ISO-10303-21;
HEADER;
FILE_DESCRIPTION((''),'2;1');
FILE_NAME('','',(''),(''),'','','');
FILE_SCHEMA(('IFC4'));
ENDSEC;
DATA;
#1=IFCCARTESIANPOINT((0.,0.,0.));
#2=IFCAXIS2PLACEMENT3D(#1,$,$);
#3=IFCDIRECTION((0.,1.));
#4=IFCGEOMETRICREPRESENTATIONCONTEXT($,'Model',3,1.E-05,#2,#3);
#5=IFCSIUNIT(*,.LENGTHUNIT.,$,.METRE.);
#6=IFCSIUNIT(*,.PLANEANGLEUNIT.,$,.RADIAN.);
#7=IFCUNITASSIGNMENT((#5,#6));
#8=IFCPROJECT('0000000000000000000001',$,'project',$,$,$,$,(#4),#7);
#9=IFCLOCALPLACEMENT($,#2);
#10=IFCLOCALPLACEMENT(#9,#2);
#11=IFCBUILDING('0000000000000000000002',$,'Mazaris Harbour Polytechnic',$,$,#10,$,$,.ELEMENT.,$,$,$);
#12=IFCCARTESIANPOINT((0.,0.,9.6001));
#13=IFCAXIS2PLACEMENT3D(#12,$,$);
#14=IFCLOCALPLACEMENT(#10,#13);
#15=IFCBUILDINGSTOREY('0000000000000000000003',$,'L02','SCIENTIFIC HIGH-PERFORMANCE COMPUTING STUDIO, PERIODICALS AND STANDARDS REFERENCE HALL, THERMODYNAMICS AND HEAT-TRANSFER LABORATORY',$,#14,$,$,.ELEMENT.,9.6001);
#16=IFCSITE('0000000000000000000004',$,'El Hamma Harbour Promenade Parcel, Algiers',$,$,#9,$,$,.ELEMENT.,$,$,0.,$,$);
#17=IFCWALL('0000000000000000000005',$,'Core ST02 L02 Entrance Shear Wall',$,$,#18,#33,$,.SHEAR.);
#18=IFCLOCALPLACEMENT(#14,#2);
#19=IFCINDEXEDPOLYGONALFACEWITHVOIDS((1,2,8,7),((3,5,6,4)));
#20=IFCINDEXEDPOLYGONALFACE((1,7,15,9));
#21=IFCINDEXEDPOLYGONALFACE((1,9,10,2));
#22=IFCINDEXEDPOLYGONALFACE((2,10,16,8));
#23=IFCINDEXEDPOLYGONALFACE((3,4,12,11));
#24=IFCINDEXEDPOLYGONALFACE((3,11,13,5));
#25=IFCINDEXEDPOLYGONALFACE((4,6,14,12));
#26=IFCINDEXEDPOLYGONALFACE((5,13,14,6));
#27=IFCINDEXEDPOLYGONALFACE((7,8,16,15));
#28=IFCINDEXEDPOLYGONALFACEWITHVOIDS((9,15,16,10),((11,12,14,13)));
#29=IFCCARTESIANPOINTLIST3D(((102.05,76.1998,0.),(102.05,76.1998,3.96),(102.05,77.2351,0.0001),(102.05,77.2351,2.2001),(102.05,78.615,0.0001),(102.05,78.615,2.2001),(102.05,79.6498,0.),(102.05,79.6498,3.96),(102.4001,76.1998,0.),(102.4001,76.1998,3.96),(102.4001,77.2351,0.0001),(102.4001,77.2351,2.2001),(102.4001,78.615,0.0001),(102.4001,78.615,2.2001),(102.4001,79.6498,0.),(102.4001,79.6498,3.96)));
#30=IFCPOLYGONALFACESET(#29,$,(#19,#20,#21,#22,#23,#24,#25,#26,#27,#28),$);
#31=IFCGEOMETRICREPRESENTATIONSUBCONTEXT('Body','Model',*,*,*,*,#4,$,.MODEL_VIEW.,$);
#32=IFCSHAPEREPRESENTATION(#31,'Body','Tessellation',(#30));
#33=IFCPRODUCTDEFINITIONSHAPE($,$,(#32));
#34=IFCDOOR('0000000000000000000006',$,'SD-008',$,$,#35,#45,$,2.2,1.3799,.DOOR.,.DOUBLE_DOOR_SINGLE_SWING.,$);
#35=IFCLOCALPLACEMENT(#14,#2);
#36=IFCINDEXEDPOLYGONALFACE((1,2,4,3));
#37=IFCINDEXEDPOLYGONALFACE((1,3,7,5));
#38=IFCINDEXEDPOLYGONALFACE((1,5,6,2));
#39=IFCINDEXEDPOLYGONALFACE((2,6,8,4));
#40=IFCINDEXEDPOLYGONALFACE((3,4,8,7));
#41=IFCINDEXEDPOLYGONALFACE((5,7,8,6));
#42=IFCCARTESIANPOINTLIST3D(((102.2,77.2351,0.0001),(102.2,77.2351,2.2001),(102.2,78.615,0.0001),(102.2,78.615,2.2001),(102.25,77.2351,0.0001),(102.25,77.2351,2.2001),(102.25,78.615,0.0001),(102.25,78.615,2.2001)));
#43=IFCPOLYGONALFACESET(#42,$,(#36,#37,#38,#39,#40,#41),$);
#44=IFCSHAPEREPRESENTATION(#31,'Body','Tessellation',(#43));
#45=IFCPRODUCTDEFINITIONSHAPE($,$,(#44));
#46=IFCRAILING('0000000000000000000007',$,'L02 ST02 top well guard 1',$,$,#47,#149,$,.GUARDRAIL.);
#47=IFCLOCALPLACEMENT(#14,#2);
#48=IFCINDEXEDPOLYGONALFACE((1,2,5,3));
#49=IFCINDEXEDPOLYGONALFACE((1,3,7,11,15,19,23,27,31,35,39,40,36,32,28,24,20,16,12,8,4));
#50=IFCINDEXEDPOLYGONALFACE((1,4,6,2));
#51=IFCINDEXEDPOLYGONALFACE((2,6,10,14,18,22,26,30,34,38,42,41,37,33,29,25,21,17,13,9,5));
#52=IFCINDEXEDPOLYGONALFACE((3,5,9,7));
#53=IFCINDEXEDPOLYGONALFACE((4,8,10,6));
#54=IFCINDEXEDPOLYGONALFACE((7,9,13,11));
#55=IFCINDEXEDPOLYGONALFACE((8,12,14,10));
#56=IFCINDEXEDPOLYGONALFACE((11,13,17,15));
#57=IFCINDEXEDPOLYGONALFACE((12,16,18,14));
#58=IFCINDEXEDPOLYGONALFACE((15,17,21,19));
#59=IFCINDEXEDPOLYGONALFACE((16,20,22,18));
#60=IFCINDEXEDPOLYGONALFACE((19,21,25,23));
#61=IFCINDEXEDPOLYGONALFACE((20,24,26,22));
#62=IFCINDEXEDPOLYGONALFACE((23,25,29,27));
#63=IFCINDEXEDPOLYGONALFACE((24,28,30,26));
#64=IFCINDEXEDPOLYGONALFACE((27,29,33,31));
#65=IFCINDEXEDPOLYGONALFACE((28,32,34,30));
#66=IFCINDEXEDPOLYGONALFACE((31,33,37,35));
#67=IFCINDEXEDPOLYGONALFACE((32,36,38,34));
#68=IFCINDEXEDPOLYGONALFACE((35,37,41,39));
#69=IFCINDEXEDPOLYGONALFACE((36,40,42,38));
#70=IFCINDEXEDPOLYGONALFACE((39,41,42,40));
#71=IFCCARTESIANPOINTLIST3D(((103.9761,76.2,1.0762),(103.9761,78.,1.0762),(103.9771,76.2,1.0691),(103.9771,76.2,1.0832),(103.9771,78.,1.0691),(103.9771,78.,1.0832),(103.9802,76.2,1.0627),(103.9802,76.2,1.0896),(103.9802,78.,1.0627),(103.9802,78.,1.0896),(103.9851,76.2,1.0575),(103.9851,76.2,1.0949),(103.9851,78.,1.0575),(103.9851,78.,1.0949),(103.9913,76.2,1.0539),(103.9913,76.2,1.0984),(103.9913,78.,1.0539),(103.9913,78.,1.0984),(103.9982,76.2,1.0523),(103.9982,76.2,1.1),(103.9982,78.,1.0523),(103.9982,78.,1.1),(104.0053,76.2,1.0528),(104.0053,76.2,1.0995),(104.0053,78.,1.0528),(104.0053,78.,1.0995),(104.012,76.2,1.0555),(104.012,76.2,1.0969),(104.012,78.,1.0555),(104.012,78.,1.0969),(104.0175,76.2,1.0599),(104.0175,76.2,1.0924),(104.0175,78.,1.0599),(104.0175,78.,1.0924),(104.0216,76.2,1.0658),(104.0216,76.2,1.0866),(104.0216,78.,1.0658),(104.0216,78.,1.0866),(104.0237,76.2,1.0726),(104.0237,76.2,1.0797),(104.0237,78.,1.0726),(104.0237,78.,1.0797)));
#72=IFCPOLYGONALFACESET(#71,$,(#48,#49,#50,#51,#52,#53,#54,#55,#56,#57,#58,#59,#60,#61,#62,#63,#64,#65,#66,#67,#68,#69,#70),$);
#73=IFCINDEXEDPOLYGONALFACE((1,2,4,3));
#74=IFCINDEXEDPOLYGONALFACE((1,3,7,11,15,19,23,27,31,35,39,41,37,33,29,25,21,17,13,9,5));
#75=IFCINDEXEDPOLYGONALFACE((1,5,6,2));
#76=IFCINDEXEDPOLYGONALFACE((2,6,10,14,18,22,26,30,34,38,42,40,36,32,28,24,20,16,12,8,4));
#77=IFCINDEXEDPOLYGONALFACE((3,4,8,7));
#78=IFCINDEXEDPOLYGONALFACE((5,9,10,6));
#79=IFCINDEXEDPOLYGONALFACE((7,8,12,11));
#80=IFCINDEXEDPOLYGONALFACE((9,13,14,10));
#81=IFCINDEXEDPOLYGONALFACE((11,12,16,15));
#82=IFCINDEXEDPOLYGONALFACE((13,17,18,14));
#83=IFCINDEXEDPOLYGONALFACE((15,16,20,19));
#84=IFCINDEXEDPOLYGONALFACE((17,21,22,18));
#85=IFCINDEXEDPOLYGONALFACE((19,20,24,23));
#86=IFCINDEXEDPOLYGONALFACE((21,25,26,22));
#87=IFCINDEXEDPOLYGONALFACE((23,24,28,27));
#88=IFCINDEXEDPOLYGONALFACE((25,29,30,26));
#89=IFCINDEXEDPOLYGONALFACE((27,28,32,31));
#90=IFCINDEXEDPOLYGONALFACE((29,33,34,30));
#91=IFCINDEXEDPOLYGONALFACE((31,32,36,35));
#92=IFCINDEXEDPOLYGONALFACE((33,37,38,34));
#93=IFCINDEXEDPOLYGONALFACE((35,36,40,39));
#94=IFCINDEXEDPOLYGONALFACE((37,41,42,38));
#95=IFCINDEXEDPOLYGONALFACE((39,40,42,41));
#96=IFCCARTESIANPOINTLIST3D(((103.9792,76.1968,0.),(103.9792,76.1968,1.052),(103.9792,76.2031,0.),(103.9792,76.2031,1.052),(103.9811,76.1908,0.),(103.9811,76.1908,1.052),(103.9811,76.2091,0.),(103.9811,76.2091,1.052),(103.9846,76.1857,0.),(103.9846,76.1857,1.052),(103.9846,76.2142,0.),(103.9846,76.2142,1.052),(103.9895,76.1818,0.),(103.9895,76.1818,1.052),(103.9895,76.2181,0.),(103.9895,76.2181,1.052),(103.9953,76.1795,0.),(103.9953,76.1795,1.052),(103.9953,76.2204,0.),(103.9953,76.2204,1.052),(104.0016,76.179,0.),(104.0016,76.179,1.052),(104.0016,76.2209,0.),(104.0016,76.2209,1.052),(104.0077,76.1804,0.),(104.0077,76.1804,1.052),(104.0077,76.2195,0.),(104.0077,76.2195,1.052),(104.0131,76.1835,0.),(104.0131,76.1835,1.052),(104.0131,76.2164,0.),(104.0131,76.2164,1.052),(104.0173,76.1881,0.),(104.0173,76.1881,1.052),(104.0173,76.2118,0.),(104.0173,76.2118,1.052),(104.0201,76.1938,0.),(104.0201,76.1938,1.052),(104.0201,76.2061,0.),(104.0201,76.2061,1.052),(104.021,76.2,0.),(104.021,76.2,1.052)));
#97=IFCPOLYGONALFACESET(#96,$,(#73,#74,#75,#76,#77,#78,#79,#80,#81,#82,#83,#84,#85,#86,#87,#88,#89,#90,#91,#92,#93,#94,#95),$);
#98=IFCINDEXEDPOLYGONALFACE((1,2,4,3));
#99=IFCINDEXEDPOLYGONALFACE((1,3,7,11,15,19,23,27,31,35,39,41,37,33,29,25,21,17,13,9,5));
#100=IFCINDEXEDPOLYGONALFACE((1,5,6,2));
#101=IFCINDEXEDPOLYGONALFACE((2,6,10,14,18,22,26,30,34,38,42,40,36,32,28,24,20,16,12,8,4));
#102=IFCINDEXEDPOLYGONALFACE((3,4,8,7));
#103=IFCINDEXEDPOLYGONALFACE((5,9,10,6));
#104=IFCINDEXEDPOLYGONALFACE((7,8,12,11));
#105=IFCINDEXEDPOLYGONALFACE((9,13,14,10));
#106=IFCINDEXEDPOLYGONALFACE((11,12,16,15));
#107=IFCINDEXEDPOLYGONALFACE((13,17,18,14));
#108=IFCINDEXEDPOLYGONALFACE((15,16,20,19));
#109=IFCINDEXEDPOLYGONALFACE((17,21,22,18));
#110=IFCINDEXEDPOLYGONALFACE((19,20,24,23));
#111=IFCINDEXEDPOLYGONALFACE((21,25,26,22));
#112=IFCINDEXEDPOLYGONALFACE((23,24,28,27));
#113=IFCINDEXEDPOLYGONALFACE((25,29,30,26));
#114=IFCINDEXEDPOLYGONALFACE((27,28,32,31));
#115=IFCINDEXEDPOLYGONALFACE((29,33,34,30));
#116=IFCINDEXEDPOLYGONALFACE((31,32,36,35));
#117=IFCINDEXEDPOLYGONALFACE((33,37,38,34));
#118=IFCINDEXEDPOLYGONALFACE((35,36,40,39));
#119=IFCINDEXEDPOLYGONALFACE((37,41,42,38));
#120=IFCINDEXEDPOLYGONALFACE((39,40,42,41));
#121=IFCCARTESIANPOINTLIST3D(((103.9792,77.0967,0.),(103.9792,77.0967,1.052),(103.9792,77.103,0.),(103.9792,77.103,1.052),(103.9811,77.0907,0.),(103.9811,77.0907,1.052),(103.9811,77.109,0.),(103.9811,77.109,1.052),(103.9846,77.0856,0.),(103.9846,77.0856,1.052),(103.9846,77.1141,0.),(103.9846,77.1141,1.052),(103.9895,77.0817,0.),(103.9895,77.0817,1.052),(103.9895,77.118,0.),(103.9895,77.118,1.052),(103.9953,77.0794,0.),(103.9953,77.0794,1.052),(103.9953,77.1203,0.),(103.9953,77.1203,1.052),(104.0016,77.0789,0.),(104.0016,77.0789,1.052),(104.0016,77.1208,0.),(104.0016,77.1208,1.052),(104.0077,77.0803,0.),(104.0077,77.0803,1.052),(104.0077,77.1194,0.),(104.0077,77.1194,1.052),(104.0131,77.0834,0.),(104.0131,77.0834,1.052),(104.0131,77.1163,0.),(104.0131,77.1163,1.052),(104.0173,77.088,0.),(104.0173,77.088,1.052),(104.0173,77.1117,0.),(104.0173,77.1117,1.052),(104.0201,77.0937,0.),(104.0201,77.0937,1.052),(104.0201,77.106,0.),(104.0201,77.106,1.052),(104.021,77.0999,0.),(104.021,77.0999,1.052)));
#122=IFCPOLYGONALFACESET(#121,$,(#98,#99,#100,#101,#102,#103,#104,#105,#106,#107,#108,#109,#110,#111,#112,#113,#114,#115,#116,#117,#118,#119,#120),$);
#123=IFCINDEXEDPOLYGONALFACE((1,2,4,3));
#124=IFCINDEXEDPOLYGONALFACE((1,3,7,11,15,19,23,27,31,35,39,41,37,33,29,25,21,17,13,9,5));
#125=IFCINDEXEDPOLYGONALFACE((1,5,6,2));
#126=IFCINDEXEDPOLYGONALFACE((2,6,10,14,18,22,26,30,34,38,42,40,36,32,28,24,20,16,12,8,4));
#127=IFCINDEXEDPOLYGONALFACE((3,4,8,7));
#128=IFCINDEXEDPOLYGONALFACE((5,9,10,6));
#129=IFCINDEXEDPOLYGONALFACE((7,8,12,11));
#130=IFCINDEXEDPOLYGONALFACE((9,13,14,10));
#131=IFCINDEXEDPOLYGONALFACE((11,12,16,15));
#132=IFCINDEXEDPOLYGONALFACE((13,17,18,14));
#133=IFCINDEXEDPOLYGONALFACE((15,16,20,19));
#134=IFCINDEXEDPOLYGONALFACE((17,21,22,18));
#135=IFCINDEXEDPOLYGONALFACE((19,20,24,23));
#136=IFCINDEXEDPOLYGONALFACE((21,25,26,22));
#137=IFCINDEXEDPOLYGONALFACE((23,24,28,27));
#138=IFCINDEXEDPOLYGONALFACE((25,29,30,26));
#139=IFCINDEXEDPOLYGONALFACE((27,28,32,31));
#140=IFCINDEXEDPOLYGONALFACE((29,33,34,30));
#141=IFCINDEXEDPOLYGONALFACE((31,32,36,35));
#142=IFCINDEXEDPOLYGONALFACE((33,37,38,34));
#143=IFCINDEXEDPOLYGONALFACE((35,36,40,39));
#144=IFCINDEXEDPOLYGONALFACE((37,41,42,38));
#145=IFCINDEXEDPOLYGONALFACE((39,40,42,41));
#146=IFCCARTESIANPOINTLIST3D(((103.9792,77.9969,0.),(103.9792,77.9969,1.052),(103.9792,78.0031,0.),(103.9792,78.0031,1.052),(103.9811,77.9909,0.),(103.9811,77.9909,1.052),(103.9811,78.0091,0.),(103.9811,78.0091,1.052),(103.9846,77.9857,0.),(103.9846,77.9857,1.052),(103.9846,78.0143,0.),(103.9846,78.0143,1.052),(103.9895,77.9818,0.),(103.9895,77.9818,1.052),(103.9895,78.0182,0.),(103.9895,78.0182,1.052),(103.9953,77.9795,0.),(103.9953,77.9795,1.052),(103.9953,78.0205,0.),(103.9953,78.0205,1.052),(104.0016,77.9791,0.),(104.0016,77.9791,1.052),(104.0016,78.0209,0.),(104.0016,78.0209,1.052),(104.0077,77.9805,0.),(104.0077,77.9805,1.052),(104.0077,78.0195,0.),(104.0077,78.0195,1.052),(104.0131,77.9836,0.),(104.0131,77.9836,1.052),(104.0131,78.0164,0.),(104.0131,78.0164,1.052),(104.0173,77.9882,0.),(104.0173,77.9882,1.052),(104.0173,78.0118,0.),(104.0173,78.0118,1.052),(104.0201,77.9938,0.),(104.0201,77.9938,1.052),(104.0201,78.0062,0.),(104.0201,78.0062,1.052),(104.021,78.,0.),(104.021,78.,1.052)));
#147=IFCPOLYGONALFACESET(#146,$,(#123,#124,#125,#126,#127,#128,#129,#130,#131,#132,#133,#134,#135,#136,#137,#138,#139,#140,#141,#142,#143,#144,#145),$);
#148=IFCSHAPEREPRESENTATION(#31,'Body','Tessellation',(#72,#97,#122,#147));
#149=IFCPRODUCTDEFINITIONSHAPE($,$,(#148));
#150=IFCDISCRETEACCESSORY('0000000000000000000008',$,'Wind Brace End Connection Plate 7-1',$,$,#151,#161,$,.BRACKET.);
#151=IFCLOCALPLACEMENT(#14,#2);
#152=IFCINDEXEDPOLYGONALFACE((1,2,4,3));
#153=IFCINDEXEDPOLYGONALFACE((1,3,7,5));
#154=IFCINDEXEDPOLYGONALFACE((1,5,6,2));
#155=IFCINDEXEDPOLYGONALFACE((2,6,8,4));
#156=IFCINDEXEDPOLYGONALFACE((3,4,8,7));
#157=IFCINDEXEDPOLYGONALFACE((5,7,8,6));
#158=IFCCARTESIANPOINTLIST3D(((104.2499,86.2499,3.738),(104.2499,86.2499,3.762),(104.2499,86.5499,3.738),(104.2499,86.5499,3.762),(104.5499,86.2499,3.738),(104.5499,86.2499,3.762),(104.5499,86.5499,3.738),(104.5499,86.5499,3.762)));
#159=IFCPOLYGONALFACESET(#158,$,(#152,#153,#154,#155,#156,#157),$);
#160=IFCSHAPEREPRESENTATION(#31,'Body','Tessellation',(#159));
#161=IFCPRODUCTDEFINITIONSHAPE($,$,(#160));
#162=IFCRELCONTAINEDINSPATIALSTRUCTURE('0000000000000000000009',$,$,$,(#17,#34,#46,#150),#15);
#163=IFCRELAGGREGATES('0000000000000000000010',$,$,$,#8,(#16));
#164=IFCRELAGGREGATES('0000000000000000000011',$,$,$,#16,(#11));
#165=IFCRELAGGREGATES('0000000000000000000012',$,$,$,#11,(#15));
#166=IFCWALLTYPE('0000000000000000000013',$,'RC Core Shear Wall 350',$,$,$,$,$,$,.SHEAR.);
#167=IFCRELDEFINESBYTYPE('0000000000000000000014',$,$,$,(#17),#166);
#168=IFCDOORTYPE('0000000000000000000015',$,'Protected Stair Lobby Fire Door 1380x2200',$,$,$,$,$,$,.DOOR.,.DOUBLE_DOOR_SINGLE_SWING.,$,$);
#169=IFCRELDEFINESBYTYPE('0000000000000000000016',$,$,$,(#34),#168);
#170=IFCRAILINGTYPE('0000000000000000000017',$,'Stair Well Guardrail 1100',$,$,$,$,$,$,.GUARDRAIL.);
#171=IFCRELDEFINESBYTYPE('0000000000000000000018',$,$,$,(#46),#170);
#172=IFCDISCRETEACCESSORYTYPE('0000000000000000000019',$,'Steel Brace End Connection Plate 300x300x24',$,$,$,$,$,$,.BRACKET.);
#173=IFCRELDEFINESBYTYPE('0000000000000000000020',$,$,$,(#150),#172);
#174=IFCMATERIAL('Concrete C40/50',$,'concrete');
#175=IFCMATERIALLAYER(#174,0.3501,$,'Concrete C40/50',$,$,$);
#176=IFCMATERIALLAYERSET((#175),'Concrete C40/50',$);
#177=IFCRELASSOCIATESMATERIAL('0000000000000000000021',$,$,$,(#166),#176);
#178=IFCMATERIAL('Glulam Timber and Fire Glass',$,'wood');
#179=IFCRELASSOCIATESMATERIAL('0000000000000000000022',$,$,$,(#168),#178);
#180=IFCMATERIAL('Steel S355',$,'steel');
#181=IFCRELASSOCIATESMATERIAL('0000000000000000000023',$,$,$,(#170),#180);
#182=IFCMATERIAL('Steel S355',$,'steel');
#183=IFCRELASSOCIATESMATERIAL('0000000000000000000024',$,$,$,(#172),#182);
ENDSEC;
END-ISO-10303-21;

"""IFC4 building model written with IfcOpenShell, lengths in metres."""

from ifc_helpers import new_model, si_unit, direction, frame, frame_2d, origin, origin_2d, place, context, subcontext, project, spatial, rectangle, circle, extrude, material, layer, layer_set, type_object, element, fill, save


model = new_model("IFC4")

# Units and contexts
model_context = context("Model", 3, precision=1e-05, world=origin(), true_north=direction((0.0, 1.0)))
body_context = subcontext(model_context, "Body", "Model", "MODEL_VIEW")
ifc_project = project(units=[si_unit("LENGTHUNIT", "METRE"), si_unit("PLANEANGLEUNIT", "RADIAN")], contexts=[model_context])

# Site, building, storey
site_placement = place(None, origin())
site = spatial("IfcSite", under=ifc_project, at=site_placement, Name="El Hamma Harbour Promenade Parcel, Algiers", CompositionType="ELEMENT", RefElevation=0.0)
building_placement = place(site_placement, origin())
building = spatial("IfcBuilding", under=site, at=building_placement, Name="Mazaris Harbour Polytechnic", CompositionType="ELEMENT")
storey_placement = place(building_placement, frame((0.0, 0.0, 9.6001)))
storey = spatial("IfcBuildingStorey", under=building, at=storey_placement, Name="L02", Description="SCIENTIFIC HIGH-PERFORMANCE COMPUTING STUDIO, PERIODICALS AND STANDARDS REFERENCE HALL, THERMODYNAMICS AND HEAT-TRANSFER LABORATORY", CompositionType="ELEMENT", Elevation=9.6001)

# Wall, opening, door
ifc_material_1 = material(Name="Concrete C40/50", Category="concrete")
ifc_layer_1 = layer(ifc_material_1, 0.3501, Name="Concrete C40/50")
ifc_layer_set_1 = layer_set([ifc_layer_1], Name="Concrete C40/50")
wall_type = type_object("IfcWallType", Name="RC Core Shear Wall 350", PredefinedType="SHEAR", material=ifc_layer_set_1)
wall_placement = place(storey_placement, frame((102.2251, 79.6499, 0.0), z_axis=(0.0, 0.0, 1.0), x_axis=(0.0, -1.0, 0.0)))
wall = element("IfcWall", 1, at=wall_placement, inside=storey, type_object=wall_type, Name="Core ST02 L02 Entrance Shear Wall", PredefinedType="SHEAR", context=body_context, shape_type="SweptSolid", body=[
    extrude(rectangle(XDim=3.45, YDim=0.3501, at=frame_2d((1.7251, 0.0))), origin(), (0.0, 0.0, 1.0), 3.96),
])
opening_placement = place(wall_placement, frame((1.0349, 0.0, 0.0)))
opening = element("IfcOpeningElement", 2, at=opening_placement, cuts=wall, PredefinedType="OPENING", context=body_context, shape_type="SweptSolid", body=[
    extrude(rectangle(XDim=1.3799, YDim=2.2, at=frame_2d((0.6899, 1.1001))), frame((0.0, 0.1851, 0.0), z_axis=(0.0, -1.0, 0.0), x_axis=(1.0, 0.0, 0.0)), (0.0, 0.0, 1.0), 0.3701),
])
ifc_material_2 = material(Name="Glulam Timber and Fire Glass", Category="wood")
door_type = type_object("IfcDoorType", Name="Protected Stair Lobby Fire Door 1380x2200", OperationType="DOUBLE_DOOR_SINGLE_SWING", PredefinedType="DOOR", material=ifc_material_2)
door_placement = place(opening_placement, origin())
door = element("IfcDoor", 3, at=door_placement, inside=storey, type_object=door_type, Name="SD-008", OperationType="DOUBLE_DOOR_SINGLE_SWING", OverallHeight=2.2, OverallWidth=1.3799, PredefinedType="DOOR", context=body_context, shape_type="SweptSolid", body=[
    extrude(rectangle(XDim=1.3799, YDim=2.2, at=frame_2d((0.6899, 1.1001))), frame((0.0, 0.0249, 0.0), z_axis=(0.0, -1.0, 0.0), x_axis=(1.0, 0.0, 0.0)), (0.0, 0.0, 1.0), 0.05),
])
fill(opening, door)

# Railing
ifc_material_3 = material(Name="Steel S355", Category="steel")
railing_type = type_object("IfcRailingType", Name="Stair Well Guardrail 1100", PredefinedType="GUARDRAIL", material=ifc_material_3)
railing_placement = place(storey_placement, frame((104.0, 76.2, 0.0)))
element("IfcRailing", 4, at=railing_placement, inside=storey, type_object=railing_type, Name="L02 ST02 top well guard 1", PredefinedType="GUARDRAIL", context=body_context, shape_type="SweptSolid", body=[
    extrude(circle(Radius=0.0239, at=origin_2d()), frame((0.0, 0.0, 1.0762), z_axis=(0.0, 1.0, 0.0), x_axis=(-1.0, 0.0, 0.0)), (0.0, 0.0, 1.0), 1.8),
    extrude(circle(Radius=0.021, at=origin_2d()), origin(), (0.0, 0.0, 1.0), 1.052),
    extrude(circle(Radius=0.021, at=origin_2d()), frame((0.0, 0.8999, 0.0)), (0.0, 0.0, 1.0), 1.052),
    extrude(circle(Radius=0.021, at=origin_2d()), frame((0.0, 1.8, 0.0)), (0.0, 0.0, 1.0), 1.052),
])

# Discrete accessory
ifc_material_4 = material(Name="Steel S355", Category="steel")
discrete_accessory_type = type_object("IfcDiscreteAccessoryType", Name="Steel Brace End Connection Plate 300x300x24", PredefinedType="BRACKET", material=ifc_material_4)
discrete_accessory_placement = place(storey_placement, frame((104.3999, 86.3999, 3.738), z_axis=(0.0, 0.0, 1.0), x_axis=(1.0, 0.0, 0.0)))
element("IfcDiscreteAccessory", 5, at=discrete_accessory_placement, inside=storey, type_object=discrete_accessory_type, Name="Wind Brace End Connection Plate 7-1", PredefinedType="BRACKET", context=body_context, shape_type="SweptSolid", body=[
    extrude(rectangle(XDim=0.3, YDim=0.3, at=origin_2d()), origin(), (0.0, 0.0, 1.0), 0.0239),
])

save(model, "model.ifc")
